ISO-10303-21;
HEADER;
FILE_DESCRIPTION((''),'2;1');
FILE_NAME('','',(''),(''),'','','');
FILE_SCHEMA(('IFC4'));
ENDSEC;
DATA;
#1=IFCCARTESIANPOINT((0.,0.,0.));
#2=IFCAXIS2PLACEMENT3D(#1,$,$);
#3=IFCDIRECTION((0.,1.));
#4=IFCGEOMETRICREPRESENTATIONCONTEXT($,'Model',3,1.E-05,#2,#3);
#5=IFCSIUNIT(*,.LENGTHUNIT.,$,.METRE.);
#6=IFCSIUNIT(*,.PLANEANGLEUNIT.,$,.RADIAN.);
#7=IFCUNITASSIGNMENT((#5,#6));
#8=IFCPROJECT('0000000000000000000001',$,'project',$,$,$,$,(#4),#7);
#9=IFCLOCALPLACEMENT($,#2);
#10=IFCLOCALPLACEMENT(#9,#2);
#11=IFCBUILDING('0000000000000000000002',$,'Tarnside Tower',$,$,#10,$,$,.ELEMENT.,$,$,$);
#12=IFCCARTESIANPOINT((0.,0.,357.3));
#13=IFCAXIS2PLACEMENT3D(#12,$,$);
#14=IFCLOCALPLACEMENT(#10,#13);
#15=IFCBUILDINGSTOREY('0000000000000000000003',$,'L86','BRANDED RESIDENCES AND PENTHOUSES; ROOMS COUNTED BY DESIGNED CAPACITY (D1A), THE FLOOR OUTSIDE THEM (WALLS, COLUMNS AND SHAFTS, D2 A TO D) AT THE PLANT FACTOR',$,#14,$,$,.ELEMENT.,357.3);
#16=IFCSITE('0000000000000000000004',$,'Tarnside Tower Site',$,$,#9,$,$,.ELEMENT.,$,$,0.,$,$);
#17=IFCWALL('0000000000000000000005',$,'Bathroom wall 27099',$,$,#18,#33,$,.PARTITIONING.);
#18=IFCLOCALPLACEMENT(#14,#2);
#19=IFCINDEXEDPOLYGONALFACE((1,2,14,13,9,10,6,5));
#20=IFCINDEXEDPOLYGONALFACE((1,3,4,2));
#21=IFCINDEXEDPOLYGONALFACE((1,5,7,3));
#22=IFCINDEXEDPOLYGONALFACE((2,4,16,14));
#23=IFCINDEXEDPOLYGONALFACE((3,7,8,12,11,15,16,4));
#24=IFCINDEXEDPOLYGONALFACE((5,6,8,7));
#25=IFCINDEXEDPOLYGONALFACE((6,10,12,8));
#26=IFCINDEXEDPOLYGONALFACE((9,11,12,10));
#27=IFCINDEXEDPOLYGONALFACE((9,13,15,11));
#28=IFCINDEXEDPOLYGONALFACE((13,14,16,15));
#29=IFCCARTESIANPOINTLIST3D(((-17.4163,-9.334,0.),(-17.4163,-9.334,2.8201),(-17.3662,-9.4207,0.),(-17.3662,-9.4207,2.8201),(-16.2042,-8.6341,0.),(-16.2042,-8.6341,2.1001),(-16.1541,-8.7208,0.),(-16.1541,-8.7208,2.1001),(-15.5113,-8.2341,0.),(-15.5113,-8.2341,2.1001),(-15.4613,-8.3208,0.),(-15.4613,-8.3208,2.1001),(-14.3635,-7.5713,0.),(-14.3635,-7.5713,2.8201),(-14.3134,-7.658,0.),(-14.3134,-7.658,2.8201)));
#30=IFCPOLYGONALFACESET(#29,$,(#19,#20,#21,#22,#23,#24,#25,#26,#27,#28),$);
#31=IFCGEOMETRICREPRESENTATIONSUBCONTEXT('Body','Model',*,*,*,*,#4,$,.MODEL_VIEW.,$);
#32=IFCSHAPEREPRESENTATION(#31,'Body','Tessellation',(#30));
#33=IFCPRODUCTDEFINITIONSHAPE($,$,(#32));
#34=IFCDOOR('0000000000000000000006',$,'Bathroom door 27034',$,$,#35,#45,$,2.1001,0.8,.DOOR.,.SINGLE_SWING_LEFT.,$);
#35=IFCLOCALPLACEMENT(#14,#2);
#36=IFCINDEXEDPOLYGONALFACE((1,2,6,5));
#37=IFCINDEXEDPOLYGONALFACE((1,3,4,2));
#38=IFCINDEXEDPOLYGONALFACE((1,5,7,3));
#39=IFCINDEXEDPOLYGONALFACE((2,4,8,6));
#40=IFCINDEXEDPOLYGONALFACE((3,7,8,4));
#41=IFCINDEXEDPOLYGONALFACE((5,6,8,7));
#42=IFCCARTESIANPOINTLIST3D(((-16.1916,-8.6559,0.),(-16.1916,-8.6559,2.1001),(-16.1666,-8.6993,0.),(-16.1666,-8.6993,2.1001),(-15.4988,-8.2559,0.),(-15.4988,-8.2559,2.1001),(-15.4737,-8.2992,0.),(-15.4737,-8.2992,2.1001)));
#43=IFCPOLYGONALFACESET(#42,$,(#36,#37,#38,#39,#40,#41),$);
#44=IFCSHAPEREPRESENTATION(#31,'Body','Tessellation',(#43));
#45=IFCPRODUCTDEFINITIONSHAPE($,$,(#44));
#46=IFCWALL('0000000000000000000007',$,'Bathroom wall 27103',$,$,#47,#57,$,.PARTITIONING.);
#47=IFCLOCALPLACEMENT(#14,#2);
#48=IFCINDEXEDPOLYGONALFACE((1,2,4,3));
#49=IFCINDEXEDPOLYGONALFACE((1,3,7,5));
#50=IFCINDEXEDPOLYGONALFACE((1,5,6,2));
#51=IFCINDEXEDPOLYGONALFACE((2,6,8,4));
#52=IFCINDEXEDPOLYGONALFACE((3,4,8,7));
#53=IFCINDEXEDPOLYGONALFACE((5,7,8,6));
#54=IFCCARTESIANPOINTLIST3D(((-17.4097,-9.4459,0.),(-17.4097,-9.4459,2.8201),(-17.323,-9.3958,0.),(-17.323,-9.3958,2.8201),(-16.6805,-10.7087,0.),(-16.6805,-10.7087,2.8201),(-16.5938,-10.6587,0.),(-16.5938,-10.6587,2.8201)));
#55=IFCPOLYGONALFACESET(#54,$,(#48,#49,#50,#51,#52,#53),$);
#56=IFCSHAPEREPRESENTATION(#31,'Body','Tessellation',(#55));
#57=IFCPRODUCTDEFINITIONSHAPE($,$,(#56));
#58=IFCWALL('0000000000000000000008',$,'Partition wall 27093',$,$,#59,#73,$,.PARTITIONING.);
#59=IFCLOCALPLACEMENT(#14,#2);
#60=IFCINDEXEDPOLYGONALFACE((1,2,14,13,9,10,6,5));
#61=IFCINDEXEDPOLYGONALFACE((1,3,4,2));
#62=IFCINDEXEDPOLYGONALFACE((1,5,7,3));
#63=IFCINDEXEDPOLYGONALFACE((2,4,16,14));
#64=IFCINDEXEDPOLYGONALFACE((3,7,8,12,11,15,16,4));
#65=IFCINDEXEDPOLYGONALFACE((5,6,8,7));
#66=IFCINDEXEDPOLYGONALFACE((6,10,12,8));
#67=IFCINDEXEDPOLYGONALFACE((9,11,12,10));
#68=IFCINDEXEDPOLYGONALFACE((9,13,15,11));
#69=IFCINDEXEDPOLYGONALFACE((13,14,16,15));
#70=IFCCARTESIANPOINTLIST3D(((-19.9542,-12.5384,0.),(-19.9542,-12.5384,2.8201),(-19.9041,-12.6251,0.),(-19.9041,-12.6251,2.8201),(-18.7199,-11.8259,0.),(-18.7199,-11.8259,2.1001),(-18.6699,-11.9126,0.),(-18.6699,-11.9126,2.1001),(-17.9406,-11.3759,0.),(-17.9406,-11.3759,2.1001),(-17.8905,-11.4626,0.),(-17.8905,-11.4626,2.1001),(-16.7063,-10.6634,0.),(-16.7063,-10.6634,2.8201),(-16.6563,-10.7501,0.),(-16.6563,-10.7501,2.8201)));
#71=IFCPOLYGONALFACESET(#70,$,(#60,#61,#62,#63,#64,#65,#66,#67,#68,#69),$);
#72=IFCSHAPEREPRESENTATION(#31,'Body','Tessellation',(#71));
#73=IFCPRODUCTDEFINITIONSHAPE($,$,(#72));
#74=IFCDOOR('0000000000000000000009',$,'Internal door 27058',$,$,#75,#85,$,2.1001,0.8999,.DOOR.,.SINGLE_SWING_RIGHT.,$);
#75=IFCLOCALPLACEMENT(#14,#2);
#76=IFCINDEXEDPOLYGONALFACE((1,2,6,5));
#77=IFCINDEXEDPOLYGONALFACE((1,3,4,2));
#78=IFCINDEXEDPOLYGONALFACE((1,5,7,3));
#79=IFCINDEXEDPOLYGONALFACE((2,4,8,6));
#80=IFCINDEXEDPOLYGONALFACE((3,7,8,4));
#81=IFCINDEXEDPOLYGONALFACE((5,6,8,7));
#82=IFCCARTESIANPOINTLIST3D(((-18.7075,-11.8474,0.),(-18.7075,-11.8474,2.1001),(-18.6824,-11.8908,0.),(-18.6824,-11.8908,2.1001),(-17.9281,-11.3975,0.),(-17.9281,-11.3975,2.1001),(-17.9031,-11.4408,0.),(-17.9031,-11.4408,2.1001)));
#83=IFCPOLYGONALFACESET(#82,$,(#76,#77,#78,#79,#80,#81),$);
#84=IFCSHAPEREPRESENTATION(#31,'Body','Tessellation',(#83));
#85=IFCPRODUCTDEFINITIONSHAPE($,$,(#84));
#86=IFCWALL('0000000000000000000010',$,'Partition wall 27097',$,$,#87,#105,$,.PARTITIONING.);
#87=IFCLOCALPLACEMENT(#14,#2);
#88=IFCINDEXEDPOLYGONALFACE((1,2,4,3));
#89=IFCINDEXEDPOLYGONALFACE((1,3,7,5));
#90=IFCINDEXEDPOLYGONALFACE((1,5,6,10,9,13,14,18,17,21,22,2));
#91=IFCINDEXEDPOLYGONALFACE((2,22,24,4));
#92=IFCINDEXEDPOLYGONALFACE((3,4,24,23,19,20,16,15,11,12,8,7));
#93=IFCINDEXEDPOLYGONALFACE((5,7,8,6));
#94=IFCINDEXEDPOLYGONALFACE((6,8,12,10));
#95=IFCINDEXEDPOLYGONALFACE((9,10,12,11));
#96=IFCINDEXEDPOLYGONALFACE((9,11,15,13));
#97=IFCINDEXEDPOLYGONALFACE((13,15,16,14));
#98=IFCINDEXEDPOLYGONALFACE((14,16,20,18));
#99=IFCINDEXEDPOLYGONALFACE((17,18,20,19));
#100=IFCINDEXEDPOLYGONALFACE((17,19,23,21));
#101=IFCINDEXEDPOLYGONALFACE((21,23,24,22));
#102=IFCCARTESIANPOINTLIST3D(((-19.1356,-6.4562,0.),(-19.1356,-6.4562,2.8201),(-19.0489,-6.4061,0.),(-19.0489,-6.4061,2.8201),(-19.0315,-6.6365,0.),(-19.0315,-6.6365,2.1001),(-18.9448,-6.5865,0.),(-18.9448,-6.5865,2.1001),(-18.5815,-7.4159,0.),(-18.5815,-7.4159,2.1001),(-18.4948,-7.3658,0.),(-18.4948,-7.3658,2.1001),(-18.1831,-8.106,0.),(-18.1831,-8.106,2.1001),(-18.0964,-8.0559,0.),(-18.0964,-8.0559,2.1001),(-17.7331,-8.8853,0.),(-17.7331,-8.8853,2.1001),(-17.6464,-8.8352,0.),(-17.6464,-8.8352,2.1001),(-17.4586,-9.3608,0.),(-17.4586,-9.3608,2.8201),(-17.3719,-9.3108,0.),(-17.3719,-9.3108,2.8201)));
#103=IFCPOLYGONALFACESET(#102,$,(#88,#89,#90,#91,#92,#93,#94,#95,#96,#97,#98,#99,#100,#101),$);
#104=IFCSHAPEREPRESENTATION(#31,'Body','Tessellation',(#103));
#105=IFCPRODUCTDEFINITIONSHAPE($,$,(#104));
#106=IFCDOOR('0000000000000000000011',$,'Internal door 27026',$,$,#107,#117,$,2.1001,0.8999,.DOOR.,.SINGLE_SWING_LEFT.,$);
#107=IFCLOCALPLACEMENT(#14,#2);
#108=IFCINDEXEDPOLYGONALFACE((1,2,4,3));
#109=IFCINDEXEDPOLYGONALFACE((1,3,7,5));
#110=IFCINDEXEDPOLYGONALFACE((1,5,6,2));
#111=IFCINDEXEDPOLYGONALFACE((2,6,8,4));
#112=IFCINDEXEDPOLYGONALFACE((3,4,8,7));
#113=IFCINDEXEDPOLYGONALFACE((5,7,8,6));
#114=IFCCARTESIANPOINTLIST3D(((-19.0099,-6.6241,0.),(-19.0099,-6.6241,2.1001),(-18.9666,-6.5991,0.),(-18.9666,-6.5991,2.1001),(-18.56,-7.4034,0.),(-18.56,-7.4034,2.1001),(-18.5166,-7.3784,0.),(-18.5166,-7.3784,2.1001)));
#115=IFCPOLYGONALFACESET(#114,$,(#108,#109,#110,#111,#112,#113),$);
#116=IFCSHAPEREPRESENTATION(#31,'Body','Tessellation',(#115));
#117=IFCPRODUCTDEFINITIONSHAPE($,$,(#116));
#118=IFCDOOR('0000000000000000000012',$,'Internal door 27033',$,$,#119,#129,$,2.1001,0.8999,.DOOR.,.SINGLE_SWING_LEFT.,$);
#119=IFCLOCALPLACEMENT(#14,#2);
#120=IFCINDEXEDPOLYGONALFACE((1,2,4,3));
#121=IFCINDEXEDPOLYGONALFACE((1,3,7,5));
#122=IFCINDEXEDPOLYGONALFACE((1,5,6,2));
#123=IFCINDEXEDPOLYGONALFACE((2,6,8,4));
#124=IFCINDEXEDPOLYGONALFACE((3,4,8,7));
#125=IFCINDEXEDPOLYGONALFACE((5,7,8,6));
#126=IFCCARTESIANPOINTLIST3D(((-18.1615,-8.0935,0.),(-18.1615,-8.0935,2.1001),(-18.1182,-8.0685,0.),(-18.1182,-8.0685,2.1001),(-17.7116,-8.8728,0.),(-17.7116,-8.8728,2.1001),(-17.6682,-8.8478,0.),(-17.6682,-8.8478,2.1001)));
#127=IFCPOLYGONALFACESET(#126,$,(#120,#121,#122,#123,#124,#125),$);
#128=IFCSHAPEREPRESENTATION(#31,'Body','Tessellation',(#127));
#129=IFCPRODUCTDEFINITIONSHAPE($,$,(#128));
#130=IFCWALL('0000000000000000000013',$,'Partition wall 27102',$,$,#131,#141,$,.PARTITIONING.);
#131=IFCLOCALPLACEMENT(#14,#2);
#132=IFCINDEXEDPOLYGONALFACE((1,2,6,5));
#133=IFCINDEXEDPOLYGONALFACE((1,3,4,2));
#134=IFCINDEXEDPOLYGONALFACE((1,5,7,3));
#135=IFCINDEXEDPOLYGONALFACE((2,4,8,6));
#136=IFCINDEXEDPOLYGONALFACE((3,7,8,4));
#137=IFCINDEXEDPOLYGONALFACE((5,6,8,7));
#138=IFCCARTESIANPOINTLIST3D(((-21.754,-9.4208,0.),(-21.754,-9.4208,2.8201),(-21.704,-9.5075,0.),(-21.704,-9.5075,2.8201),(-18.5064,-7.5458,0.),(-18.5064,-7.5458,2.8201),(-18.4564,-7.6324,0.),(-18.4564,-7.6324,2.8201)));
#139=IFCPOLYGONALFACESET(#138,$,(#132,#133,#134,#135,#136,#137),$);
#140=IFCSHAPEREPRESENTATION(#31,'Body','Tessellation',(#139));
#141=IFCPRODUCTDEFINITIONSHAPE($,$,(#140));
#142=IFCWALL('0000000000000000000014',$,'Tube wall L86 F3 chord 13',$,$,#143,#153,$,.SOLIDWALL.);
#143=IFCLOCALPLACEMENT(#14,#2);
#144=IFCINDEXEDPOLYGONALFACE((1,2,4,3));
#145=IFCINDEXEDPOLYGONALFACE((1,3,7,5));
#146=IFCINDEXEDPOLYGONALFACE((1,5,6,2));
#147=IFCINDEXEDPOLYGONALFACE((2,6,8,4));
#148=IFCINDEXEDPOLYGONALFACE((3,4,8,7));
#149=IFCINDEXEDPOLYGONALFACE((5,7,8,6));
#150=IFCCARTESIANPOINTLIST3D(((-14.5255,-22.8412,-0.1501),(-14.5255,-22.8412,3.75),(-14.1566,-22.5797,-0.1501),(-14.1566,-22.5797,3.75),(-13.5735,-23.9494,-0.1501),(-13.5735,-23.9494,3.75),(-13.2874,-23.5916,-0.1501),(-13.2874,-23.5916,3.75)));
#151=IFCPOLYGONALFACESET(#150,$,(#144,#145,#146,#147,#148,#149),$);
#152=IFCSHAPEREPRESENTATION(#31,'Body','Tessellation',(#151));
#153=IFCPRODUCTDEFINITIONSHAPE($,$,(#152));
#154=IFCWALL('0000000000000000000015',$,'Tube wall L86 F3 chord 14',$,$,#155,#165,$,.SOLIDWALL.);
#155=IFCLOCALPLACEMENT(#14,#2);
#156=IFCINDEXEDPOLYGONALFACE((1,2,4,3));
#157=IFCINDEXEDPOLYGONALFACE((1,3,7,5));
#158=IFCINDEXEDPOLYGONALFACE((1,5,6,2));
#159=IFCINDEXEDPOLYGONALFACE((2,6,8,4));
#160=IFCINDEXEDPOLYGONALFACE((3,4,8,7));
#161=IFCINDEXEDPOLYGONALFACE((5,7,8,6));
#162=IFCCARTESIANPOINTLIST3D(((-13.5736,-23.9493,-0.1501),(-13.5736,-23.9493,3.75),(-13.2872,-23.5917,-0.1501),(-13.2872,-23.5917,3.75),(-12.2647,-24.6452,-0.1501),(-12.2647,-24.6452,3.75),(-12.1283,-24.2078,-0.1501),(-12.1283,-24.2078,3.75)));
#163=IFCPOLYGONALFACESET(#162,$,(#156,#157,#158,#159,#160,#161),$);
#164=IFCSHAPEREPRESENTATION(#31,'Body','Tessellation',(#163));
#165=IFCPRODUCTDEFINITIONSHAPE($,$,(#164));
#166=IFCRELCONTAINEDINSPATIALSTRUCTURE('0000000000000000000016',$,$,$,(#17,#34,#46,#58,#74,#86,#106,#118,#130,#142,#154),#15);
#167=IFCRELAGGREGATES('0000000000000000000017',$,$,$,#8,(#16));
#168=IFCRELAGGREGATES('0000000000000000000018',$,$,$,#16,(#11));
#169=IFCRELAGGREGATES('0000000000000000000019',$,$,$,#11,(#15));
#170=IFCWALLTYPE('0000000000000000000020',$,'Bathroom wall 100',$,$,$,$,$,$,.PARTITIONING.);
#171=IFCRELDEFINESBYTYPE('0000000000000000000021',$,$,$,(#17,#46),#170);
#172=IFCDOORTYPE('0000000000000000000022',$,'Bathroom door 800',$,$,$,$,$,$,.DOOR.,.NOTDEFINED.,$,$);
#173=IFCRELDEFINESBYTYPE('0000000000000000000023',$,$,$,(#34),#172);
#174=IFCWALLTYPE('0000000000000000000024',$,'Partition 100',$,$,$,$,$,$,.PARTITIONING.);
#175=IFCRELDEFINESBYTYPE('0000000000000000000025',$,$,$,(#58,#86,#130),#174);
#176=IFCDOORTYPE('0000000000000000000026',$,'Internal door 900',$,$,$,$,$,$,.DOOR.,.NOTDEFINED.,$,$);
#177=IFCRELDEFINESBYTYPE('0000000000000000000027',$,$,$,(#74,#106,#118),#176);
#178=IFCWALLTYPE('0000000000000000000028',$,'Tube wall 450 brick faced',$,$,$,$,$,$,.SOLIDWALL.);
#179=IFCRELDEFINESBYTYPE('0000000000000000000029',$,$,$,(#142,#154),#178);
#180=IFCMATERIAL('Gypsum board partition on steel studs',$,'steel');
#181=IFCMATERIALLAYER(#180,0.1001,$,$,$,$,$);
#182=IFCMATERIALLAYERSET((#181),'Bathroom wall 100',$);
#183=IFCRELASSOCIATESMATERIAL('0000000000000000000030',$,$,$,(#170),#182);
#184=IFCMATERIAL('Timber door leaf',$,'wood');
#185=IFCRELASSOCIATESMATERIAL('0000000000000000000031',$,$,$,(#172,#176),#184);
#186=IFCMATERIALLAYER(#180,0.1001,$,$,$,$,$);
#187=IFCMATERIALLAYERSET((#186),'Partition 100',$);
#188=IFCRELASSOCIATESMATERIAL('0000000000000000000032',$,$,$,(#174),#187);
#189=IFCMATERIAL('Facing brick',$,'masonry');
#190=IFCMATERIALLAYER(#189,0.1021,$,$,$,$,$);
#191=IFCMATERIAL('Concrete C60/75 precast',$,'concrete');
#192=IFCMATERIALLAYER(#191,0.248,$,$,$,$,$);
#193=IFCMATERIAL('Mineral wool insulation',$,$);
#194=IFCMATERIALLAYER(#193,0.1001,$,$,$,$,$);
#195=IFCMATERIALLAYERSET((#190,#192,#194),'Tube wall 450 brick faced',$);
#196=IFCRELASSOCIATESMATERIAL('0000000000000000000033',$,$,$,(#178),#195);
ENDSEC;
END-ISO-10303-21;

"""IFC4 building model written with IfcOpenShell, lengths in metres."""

from ifc_helpers import new_model, si_unit, direction, frame, frame_2d, origin, place, context, subcontext, project, spatial, polyline, rectangle, outline, extrude, material, layer, layer_set, type_object, element, fill, save


model = new_model("IFC4")

# Units and contexts
model_context = context("Model", 3, precision=1e-05, world=origin(), true_north=direction((0.0, 1.0)))
body_context = subcontext(model_context, "Body", "Model", "MODEL_VIEW")
ifc_project = project(units=[si_unit("LENGTHUNIT", "METRE"), si_unit("PLANEANGLEUNIT", "RADIAN")], contexts=[model_context])

# Site, building, storey
site_placement = place(None, origin())
site = spatial("IfcSite", under=ifc_project, at=site_placement, Name="Tarnside Tower Site", CompositionType="ELEMENT", RefElevation=0.0)
building_placement = place(site_placement, origin())
building = spatial("IfcBuilding", under=site, at=building_placement, Name="Tarnside Tower", CompositionType="ELEMENT")
storey_placement = place(building_placement, frame((0.0, 0.0, 357.3)))
storey = spatial("IfcBuildingStorey", under=building, at=storey_placement, Name="L86", Description="BRANDED RESIDENCES AND PENTHOUSES; ROOMS COUNTED BY DESIGNED CAPACITY (D1A), THE FLOOR OUTSIDE THEM (WALLS, COLUMNS AND SHAFTS, D2 A TO D) AT THE PLANT FACTOR", CompositionType="ELEMENT", Elevation=357.3)

# Shared definitions
ifc_material_1 = material(Name="Gypsum board partition on steel studs", Category="steel")
ifc_layer_1 = layer(ifc_material_1, 0.1001)
ifc_layer_set_1 = layer_set([ifc_layer_1], Name="Bathroom wall 100")
wall_type_1 = type_object("IfcWallType", Name="Bathroom wall 100", PredefinedType="PARTITIONING", material=ifc_layer_set_1)

# Wall, opening, door
wall_1_placement = place(storey_placement, frame((-17.3914, -9.3774, 0.0), z_axis=(0.0, 0.0, 1.0), x_axis=(0.866001, 0.500042, 0.0)))
wall_1 = element("IfcWall", 1, at=wall_1_placement, inside=storey, type_object=wall_type_1, Name="Bathroom wall 27099", PredefinedType="PARTITIONING", context=body_context, shape_type="SweptSolid", body=[
    extrude(rectangle(XDim=3.5251, YDim=0.1001, at=frame_2d((1.7627, 0.0))), origin(), (0.0, 0.0, 1.0), 2.8201),
])
opening_1_placement = place(wall_1_placement, frame((1.3999, 0.0, 0.0)))
opening_1 = element("IfcOpeningElement", 2, at=opening_1_placement, cuts=wall_1, PredefinedType="OPENING", context=body_context, shape_type="SweptSolid", body=[
    extrude(rectangle(XDim=0.8, YDim=2.1001, at=frame_2d((0.3999, 1.05))), frame((0.0, 0.0601, 0.0), z_axis=(0.0, -1.0, 0.0), x_axis=(1.0, 0.0, 0.0)), (0.0, 0.0, 1.0), 0.1201),
])
ifc_material_2 = material(Name="Timber door leaf", Category="wood")
door_type_1 = type_object("IfcDoorType", Name="Bathroom door 800", OperationType="NOTDEFINED", PredefinedType="DOOR", material=ifc_material_2)
door_1_placement = place(opening_1_placement, origin())
door_1 = element("IfcDoor", 3, at=door_1_placement, inside=storey, type_object=door_type_1, Name="Bathroom door 27034", OperationType="SINGLE_SWING_LEFT", OverallHeight=2.1001, OverallWidth=0.8, PredefinedType="DOOR", context=body_context, shape_type="SweptSolid", body=[
    extrude(rectangle(XDim=0.8, YDim=2.1001, at=frame_2d((0.3999, 1.05))), frame((0.0, 0.0249, 0.0), z_axis=(0.0, -1.0, 0.0), x_axis=(1.0, 0.0, 0.0)), (0.0, 0.0, 1.0), 0.05),
])
fill(opening_1, door_1)

# Wall
wall_2_placement = place(storey_placement, frame((-16.6372, -10.6836, 0.0), z_axis=(0.0, 0.0, 1.0), x_axis=(-0.500046, 0.865999, 0.0)))
element("IfcWall", 4, at=wall_2_placement, inside=storey, type_object=wall_type_1, Name="Bathroom wall 27103", PredefinedType="PARTITIONING", context=body_context, shape_type="SweptSolid", body=[
    extrude(rectangle(XDim=1.4583, YDim=0.1001, at=frame_2d((0.729, 0.0))), origin(), (0.0, 0.0, 1.0), 2.8201),
])

# Wall, opening, door
ifc_layer_2 = layer(ifc_material_1, 0.1001)
ifc_layer_set_2 = layer_set([ifc_layer_2], Name="Partition 100")
wall_type_2 = type_object("IfcWallType", Name="Partition 100", PredefinedType="PARTITIONING", material=ifc_layer_set_2)
wall_3_placement = place(storey_placement, frame((-16.6814, -10.7068, 0.0), z_axis=(0.0, 0.0, 1.0), x_axis=(-0.866039, -0.499976, 0.0)))
wall_3 = element("IfcWall", 5, at=wall_3_placement, inside=storey, type_object=wall_type_2, Name="Partition wall 27093", PredefinedType="PARTITIONING", context=body_context, shape_type="SweptSolid", body=[
    extrude(rectangle(XDim=3.7502, YDim=0.1001, at=frame_2d((1.875, 0.0))), origin(), (0.0, 0.0, 1.0), 2.8201),
])
opening_2_placement = place(wall_3_placement, frame((1.425, 0.0, 0.0)))
opening_2 = element("IfcOpeningElement", 6, at=opening_2_placement, cuts=wall_3, PredefinedType="OPENING", context=body_context, shape_type="SweptSolid", body=[
    extrude(rectangle(XDim=0.8999, YDim=2.1001, at=frame_2d((0.45, 1.05))), frame((0.0, 0.0601, 0.0), z_axis=(0.0, -1.0, 0.0), x_axis=(1.0, 0.0, 0.0)), (0.0, 0.0, 1.0), 0.1201),
])
door_type_2 = type_object("IfcDoorType", Name="Internal door 900", OperationType="NOTDEFINED", PredefinedType="DOOR", material=ifc_material_2)
door_2_placement = place(opening_2_placement, origin())
door_2 = element("IfcDoor", 7, at=door_2_placement, inside=storey, type_object=door_type_2, Name="Internal door 27058", OperationType="SINGLE_SWING_RIGHT", OverallHeight=2.1001, OverallWidth=0.8999, PredefinedType="DOOR", context=body_context, shape_type="SweptSolid", body=[
    extrude(rectangle(XDim=0.8999, YDim=2.1001, at=frame_2d((0.45, 1.05))), frame((0.0, 0.0249, 0.0), z_axis=(0.0, -1.0, 0.0), x_axis=(1.0, 0.0, 0.0)), (0.0, 0.0, 1.0), 0.05),
])
fill(opening_2, door_2)

# Wall, openings, doors
wall_4_placement = place(storey_placement, frame((-19.0923, -6.4312, 0.0), z_axis=(0.0, 0.0, 1.0), x_axis=(0.500014, -0.866017, 0.0)))
wall_4 = element("IfcWall", 8, at=wall_4_placement, inside=storey, type_object=wall_type_2, Name="Partition wall 27097", PredefinedType="PARTITIONING", context=body_context, shape_type="SweptSolid", body=[
    extrude(rectangle(XDim=3.354, YDim=0.1001, at=frame_2d((1.677, 0.0))), origin(), (0.0, 0.0, 1.0), 2.8201),
])
opening_3_placement = place(wall_4_placement, frame((0.2083, 0.0, 0.0)))
opening_3 = element("IfcOpeningElement", 9, at=opening_3_placement, cuts=wall_4, PredefinedType="OPENING", context=body_context, shape_type="SweptSolid", body=[
    extrude(rectangle(XDim=0.8999, YDim=2.1001, at=frame_2d((0.45, 1.05))), frame((0.0, 0.0601, 0.0), z_axis=(0.0, -1.0, 0.0), x_axis=(1.0, 0.0, 0.0)), (0.0, 0.0, 1.0), 0.1201),
])
opening_4_placement = place(wall_4_placement, frame((1.905, 0.0, 0.0)))
opening_4 = element("IfcOpeningElement", 10, at=opening_4_placement, cuts=wall_4, PredefinedType="OPENING", context=body_context, shape_type="SweptSolid", body=[
    extrude(rectangle(XDim=0.8999, YDim=2.1001, at=frame_2d((0.45, 1.05))), frame((0.0, 0.0601, 0.0), z_axis=(0.0, -1.0, 0.0), x_axis=(1.0, 0.0, 0.0)), (0.0, 0.0, 1.0), 0.1201),
])
door_3_placement = place(opening_3_placement, origin())
door_3 = element("IfcDoor", 11, at=door_3_placement, inside=storey, type_object=door_type_2, Name="Internal door 27026", OperationType="SINGLE_SWING_LEFT", OverallHeight=2.1001, OverallWidth=0.8999, PredefinedType="DOOR", context=body_context, shape_type="SweptSolid", body=[
    extrude(rectangle(XDim=0.8999, YDim=2.1001, at=frame_2d((0.45, 1.05))), frame((0.0, 0.0249, 0.0), z_axis=(0.0, -1.0, 0.0), x_axis=(1.0, 0.0, 0.0)), (0.0, 0.0, 1.0), 0.05),
])
fill(opening_3, door_3)
door_4_placement = place(opening_4_placement, origin())
door_4 = element("IfcDoor", 12, at=door_4_placement, inside=storey, type_object=door_type_2, Name="Internal door 27033", OperationType="SINGLE_SWING_LEFT", OverallHeight=2.1001, OverallWidth=0.8999, PredefinedType="DOOR", context=body_context, shape_type="SweptSolid", body=[
    extrude(rectangle(XDim=0.8999, YDim=2.1001, at=frame_2d((0.45, 1.05))), frame((0.0, 0.0249, 0.0), z_axis=(0.0, -1.0, 0.0), x_axis=(1.0, 0.0, 0.0)), (0.0, 0.0, 1.0), 0.05),
])
fill(opening_4, door_4)

# Walls
wall_5_placement = place(storey_placement, frame((-21.729, -9.4641, 0.0), z_axis=(0.0, 0.0, 1.0), x_axis=(0.866023, 0.500004, 0.0)))
element("IfcWall", 13, at=wall_5_placement, inside=storey, type_object=wall_type_2, Name="Partition wall 27102", PredefinedType="PARTITIONING", context=body_context, shape_type="SweptSolid", body=[
    extrude(rectangle(XDim=3.75, YDim=0.1001, at=frame_2d((1.875, 0.0))), origin(), (0.0, 0.0, 1.0), 2.8201),
])
ifc_material_3 = material(Name="Facing brick", Category="masonry")
ifc_layer_3 = layer(ifc_material_3, 0.1021)
ifc_material_4 = material(Name="Concrete C60/75 precast", Category="concrete")
ifc_layer_4 = layer(ifc_material_4, 0.248)
ifc_material_5 = material(Name="Mineral wool insulation")
ifc_layer_5 = layer(ifc_material_5, 0.1001)
ifc_layer_set_3 = layer_set([ifc_layer_3, ifc_layer_4, ifc_layer_5], Name="Tube wall 450 brick faced")
wall_type_3 = type_object("IfcWallType", Name="Tube wall 450 brick faced", PredefinedType="SOLIDWALL", material=ifc_layer_set_3)
wall_6_placement = place(storey_placement, frame((-14.3411, -22.7104, -0.1501), z_axis=(0.0, 0.0, 1.0), x_axis=(0.651625, -0.758541, 0.0)))
element("IfcWall", 14, at=wall_6_placement, inside=storey, type_object=wall_type_3, Name="Tube wall L86 F3 chord 13", PredefinedType="SOLIDWALL", context=body_context, shape_type="SweptSolid", body=[
    extrude(outline(polyline([(-0.021, -0.2251), (1.4399, -0.2251), (1.355, 0.2251), (0.021, 0.2251), (-0.021, -0.2251)])), origin(), (0.0, 0.0, 1.0), 3.9001),
])
wall_7_placement = place(storey_placement, frame((-13.4304, -23.7705, -0.1501), z_axis=(0.0, 0.0, 1.0), x_axis=(0.882966, -0.469436, 0.0)))
element("IfcWall", 15, at=wall_7_placement, inside=storey, type_object=wall_type_3, Name="Tube wall L86 F3 chord 14", PredefinedType="SOLIDWALL", context=body_context, shape_type="SweptSolid", body=[
    extrude(outline(polyline([(-0.0425, -0.2251), (1.4399, -0.2251), (1.355, 0.2251), (0.0425, 0.2251), (-0.0425, -0.2251)])), origin(), (0.0, 0.0, 1.0), 3.9001),
])

save(model, "model.ifc")
